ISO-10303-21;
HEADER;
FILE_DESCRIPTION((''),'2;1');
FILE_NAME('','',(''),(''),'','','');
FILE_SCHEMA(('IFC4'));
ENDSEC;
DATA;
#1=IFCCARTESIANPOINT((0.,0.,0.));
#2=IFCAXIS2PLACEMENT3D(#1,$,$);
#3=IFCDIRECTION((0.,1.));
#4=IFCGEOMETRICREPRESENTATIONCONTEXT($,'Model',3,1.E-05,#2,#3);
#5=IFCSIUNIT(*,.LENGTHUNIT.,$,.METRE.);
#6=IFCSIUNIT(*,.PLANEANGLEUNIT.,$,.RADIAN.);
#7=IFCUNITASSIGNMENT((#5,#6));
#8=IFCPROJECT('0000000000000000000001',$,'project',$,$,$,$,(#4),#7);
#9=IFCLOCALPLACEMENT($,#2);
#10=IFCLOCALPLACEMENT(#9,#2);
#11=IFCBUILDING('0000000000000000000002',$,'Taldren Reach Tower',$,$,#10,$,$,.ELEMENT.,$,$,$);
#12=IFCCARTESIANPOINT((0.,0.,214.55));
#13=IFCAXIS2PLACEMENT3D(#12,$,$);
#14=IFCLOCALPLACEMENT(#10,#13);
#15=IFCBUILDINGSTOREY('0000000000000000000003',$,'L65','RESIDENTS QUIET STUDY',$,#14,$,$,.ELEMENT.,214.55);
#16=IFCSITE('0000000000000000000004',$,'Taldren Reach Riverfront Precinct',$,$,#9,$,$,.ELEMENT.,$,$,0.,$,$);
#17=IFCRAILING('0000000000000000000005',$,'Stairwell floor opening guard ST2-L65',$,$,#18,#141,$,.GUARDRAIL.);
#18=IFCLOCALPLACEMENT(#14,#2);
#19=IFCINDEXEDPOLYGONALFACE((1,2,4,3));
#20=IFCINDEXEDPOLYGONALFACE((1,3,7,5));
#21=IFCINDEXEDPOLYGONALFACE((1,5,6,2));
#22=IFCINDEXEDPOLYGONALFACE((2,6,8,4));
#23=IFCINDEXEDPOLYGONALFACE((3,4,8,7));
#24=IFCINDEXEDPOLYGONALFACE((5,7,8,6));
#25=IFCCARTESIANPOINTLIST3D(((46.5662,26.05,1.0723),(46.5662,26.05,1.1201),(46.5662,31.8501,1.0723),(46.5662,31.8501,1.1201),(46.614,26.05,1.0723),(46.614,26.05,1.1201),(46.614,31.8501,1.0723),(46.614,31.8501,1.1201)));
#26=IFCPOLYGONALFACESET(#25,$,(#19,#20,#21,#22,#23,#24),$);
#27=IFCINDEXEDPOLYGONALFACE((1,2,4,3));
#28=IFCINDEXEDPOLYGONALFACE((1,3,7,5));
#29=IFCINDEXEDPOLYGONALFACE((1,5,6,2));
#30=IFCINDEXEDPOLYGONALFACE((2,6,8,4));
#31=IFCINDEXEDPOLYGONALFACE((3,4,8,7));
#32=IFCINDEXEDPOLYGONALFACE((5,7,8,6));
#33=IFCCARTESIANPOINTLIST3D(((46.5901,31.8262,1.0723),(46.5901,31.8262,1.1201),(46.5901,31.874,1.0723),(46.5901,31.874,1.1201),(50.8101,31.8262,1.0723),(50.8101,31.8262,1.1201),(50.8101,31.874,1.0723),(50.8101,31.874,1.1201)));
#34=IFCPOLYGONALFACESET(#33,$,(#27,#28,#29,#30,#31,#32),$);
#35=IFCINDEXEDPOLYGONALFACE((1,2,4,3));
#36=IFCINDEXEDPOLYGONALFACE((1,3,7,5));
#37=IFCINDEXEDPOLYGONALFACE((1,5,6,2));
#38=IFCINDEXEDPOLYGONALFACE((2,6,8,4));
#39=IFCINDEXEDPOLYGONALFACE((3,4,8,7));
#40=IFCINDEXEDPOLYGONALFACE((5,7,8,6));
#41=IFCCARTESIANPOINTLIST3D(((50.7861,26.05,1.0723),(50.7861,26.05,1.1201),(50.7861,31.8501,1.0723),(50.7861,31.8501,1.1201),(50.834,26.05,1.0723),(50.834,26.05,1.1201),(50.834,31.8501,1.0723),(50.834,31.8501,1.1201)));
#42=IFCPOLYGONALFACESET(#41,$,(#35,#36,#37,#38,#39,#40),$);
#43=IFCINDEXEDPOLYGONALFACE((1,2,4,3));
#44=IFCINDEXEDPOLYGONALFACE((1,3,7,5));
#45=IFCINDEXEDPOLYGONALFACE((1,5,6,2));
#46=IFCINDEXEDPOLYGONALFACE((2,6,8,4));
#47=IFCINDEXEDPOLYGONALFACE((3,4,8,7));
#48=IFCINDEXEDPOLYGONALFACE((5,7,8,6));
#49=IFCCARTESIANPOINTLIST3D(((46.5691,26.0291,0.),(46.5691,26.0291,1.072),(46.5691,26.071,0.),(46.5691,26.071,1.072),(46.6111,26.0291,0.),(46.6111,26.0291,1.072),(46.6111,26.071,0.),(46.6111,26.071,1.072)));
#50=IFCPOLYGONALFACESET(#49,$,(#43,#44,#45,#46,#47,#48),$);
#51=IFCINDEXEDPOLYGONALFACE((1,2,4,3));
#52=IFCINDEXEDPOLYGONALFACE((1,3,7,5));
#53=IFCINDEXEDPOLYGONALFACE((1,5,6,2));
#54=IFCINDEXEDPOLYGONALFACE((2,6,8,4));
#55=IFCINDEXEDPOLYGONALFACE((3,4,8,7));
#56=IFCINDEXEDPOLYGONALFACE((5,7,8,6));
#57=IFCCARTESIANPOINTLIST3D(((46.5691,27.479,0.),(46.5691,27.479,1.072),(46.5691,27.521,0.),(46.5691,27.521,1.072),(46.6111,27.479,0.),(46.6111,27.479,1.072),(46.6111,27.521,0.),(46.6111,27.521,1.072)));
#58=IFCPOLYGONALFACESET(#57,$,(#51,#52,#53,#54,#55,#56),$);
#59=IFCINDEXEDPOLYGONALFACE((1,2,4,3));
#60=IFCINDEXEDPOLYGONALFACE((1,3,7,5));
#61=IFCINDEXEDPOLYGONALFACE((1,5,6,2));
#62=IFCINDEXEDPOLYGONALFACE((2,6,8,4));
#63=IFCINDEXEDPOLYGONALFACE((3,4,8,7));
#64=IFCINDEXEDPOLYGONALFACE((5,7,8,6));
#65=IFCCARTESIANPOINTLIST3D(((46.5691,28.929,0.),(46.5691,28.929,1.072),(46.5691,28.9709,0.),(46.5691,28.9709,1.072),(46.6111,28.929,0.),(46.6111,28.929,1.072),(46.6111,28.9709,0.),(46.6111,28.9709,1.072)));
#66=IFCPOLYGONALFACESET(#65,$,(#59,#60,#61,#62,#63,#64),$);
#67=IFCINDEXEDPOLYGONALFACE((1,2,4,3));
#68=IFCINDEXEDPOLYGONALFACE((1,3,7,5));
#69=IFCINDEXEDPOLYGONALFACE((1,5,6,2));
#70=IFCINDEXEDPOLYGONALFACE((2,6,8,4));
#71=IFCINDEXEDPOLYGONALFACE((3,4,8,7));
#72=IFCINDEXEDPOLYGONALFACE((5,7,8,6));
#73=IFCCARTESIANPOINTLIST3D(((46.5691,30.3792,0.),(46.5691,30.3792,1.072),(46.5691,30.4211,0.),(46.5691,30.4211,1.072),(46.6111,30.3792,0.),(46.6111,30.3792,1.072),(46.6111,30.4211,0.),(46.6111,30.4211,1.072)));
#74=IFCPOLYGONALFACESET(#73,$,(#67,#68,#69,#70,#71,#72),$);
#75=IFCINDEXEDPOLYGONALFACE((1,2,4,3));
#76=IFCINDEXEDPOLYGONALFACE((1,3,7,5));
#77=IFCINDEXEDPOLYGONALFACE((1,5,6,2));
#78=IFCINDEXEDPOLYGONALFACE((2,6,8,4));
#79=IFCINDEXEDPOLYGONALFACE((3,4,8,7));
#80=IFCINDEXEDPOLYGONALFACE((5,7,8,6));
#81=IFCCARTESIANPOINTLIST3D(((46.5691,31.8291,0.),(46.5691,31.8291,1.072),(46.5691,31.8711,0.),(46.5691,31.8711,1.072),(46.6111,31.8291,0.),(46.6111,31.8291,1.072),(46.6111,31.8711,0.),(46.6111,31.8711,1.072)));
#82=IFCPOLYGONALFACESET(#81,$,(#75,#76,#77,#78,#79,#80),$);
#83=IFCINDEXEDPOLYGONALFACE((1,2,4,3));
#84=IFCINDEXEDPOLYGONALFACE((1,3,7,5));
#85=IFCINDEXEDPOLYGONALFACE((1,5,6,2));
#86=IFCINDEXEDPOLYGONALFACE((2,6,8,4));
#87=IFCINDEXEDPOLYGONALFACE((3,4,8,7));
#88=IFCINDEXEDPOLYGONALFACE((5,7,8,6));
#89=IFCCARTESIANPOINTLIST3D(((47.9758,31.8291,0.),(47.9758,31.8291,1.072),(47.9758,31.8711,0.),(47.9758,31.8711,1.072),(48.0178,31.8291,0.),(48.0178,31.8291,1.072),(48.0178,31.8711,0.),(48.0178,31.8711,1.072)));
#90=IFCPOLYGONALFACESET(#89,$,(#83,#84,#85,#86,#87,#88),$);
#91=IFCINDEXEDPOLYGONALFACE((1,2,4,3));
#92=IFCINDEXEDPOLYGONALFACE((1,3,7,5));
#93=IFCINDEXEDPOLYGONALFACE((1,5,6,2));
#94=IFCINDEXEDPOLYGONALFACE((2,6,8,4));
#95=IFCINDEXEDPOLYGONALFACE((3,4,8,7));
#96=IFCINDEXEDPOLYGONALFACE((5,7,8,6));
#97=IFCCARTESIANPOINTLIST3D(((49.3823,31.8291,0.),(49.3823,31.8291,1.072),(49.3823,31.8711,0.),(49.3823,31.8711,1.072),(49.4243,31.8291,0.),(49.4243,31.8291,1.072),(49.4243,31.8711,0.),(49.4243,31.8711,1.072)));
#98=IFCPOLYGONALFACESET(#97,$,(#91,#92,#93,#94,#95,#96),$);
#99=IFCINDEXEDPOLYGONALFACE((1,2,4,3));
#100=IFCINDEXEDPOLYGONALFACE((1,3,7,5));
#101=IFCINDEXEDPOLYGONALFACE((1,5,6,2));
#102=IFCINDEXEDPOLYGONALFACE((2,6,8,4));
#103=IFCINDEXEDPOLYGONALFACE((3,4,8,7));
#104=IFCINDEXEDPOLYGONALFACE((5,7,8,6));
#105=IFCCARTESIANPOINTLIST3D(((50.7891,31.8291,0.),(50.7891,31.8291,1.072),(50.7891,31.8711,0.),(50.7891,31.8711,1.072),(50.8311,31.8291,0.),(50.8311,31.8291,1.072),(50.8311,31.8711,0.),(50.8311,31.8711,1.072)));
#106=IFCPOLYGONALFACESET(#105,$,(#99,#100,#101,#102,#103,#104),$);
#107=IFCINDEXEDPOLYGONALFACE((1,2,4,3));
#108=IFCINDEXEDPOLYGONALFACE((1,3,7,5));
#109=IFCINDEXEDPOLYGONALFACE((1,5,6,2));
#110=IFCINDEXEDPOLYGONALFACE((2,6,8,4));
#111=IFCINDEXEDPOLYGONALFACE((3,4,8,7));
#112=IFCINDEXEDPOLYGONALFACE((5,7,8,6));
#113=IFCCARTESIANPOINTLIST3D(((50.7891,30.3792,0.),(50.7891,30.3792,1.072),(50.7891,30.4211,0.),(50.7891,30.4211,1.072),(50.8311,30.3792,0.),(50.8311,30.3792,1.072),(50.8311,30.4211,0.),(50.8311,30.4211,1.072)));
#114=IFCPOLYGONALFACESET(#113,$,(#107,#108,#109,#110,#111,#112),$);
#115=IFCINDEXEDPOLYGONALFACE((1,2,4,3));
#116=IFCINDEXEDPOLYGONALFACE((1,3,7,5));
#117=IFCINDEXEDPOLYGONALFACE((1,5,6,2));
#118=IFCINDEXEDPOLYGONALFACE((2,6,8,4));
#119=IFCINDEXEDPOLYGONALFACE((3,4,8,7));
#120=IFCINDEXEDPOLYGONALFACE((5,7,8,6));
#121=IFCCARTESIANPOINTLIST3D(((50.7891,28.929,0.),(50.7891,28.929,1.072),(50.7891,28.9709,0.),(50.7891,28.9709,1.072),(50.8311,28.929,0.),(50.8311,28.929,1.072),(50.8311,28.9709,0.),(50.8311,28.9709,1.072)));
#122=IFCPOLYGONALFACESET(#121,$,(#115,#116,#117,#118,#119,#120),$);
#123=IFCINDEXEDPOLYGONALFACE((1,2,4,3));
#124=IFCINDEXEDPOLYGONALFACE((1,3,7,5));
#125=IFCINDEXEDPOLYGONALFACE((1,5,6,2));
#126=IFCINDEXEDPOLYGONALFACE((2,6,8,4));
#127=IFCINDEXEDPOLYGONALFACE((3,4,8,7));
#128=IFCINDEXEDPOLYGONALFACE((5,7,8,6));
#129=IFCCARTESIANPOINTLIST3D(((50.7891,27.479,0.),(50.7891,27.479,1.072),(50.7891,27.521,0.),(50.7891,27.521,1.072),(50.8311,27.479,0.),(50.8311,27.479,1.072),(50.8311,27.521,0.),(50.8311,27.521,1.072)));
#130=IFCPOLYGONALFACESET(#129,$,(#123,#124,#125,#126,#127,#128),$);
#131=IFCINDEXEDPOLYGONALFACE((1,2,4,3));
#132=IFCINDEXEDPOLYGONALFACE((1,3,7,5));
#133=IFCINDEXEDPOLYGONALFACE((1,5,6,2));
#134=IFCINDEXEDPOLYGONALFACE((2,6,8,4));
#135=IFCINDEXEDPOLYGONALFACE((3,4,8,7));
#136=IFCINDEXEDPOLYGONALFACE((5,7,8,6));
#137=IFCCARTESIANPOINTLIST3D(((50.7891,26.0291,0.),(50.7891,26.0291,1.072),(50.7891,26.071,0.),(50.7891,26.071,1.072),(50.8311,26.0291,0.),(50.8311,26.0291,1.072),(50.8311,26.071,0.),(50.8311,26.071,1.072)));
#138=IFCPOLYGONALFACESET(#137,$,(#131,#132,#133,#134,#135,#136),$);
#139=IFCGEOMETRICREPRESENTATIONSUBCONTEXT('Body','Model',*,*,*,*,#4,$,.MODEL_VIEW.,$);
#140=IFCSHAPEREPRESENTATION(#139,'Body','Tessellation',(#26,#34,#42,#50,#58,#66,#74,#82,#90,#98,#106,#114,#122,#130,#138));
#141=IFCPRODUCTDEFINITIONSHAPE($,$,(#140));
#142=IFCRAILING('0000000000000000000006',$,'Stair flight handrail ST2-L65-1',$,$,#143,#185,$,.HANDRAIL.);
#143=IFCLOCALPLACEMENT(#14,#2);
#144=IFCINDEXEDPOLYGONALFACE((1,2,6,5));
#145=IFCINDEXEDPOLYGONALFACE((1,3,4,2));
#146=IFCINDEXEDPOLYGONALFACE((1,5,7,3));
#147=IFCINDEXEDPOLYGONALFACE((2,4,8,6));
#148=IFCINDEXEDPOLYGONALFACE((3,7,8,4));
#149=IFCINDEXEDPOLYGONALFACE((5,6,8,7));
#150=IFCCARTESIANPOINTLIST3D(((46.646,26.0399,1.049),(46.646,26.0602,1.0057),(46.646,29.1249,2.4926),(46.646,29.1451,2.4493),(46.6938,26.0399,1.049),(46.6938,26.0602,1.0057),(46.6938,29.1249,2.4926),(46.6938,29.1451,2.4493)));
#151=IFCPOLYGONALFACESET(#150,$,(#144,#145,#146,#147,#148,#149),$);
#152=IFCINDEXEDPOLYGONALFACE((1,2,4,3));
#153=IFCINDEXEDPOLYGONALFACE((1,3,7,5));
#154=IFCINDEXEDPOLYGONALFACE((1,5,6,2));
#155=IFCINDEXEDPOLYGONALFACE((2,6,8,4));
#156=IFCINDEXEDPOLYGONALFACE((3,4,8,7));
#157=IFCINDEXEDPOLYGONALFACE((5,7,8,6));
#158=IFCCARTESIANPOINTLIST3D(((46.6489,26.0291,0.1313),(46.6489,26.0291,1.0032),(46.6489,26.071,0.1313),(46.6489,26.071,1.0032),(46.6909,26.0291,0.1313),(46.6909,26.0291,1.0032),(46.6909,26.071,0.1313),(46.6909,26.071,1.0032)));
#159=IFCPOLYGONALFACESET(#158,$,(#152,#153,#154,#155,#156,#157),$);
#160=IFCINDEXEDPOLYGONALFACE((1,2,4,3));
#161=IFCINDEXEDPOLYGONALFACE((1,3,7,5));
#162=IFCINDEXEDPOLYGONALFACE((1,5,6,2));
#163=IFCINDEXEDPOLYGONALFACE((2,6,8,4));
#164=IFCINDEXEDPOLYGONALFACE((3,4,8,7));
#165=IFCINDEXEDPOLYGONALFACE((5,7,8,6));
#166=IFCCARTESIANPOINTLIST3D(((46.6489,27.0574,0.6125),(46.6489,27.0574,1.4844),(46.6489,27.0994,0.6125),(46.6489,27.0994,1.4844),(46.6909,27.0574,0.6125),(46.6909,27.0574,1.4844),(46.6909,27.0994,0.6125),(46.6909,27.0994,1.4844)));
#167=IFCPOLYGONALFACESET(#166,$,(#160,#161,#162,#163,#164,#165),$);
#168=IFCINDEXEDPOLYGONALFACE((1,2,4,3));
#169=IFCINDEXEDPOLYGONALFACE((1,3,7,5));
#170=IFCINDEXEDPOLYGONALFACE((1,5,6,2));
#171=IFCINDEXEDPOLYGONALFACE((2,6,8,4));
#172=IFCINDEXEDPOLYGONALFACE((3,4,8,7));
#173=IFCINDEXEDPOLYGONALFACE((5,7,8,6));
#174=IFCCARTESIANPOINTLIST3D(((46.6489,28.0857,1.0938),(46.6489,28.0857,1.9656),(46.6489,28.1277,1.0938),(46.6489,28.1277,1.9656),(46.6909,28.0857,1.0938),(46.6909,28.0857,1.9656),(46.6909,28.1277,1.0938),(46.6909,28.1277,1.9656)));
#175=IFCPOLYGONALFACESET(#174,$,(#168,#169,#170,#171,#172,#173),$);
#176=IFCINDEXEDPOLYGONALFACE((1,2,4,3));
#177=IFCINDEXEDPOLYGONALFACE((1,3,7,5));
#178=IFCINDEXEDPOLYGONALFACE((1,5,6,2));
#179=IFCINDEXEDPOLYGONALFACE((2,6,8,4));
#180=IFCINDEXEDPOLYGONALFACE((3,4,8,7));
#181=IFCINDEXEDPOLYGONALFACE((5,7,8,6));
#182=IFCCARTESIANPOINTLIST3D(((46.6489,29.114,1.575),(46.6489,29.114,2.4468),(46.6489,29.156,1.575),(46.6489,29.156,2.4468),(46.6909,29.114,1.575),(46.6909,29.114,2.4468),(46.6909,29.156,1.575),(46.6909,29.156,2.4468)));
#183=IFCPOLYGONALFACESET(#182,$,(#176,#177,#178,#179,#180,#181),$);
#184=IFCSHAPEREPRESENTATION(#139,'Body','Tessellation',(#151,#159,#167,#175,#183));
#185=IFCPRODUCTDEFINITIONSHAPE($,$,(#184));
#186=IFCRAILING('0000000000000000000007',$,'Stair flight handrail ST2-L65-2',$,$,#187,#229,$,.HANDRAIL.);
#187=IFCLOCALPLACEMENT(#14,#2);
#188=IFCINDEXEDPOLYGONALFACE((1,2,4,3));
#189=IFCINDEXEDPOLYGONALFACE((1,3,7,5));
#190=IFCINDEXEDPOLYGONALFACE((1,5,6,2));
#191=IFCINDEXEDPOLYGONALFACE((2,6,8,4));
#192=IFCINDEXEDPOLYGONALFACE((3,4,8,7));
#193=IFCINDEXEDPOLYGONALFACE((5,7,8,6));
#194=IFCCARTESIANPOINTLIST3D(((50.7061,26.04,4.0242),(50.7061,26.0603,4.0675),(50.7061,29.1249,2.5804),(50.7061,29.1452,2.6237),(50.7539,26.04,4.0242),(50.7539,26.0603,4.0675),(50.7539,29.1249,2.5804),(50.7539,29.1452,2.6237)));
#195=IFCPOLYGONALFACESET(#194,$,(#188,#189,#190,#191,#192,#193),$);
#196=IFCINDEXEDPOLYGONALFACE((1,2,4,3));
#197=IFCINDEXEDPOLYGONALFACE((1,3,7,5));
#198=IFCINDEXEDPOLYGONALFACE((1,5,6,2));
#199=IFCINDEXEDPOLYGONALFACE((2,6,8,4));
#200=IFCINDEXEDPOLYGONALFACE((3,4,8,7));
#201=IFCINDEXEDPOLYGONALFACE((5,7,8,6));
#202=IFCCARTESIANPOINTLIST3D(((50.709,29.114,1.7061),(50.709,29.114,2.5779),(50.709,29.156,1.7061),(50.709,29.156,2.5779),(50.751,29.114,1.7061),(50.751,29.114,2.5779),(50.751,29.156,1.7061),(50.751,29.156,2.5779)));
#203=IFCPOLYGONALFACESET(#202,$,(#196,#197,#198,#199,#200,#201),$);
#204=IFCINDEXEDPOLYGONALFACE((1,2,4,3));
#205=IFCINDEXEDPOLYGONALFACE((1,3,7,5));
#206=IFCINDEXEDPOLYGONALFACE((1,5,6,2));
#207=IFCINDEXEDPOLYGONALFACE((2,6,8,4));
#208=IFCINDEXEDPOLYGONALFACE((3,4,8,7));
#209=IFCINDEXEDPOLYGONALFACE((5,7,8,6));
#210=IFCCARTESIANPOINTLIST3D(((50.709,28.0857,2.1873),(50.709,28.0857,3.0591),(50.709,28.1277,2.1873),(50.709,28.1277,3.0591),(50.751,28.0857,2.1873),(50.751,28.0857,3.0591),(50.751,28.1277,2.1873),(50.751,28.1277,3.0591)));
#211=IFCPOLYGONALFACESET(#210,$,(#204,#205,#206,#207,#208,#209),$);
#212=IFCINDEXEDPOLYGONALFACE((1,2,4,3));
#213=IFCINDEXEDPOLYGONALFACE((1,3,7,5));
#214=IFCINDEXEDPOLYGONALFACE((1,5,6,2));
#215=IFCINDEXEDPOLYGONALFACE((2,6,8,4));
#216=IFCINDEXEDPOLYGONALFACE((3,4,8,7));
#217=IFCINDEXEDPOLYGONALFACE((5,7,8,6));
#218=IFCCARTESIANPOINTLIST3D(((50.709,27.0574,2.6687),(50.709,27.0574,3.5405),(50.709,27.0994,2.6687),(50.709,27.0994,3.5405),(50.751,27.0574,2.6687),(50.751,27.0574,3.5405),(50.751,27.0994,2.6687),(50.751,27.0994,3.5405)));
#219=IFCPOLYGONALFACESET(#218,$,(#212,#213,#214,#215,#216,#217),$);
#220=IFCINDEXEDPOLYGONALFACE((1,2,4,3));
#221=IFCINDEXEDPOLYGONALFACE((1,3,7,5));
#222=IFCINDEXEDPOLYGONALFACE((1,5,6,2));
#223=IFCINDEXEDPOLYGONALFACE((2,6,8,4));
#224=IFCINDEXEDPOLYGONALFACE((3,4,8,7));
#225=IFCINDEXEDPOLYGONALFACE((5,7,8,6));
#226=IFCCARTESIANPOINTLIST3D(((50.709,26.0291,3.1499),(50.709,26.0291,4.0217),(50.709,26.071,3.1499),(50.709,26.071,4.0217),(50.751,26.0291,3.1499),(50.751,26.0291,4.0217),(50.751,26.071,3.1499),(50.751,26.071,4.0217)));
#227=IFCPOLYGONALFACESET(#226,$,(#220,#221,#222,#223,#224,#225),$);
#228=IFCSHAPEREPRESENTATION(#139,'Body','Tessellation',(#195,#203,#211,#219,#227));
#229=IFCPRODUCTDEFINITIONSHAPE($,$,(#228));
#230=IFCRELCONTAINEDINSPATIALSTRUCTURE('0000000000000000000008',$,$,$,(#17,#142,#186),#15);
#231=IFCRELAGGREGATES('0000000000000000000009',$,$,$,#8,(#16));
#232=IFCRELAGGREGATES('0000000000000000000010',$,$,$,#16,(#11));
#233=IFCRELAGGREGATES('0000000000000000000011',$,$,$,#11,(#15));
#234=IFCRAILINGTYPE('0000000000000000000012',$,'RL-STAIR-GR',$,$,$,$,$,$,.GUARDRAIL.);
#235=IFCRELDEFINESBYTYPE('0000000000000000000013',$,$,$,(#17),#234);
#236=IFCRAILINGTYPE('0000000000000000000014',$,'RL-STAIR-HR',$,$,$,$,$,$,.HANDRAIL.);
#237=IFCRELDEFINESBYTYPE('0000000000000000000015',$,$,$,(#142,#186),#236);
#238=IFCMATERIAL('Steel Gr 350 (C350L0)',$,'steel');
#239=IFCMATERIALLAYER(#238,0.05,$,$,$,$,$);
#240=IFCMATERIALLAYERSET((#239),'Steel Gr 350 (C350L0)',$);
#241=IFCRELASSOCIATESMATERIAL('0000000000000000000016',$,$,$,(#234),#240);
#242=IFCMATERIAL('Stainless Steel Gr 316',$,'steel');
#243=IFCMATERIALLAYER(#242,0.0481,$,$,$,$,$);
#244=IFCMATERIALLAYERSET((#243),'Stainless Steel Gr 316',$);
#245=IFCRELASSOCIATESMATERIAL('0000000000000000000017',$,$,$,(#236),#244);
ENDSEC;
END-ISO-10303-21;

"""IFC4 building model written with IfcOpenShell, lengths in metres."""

from ifc_helpers import new_model, si_unit, direction, frame, origin, origin_2d, place, context, subcontext, project, spatial, rectangle, extrude, material, layer, layer_set, type_object, element, save


model = new_model("IFC4")

# Units and contexts
model_context = context("Model", 3, precision=1e-05, world=origin(), true_north=direction((0.0, 1.0)))
body_context = subcontext(model_context, "Body", "Model", "MODEL_VIEW")
ifc_project = project(units=[si_unit("LENGTHUNIT", "METRE"), si_unit("PLANEANGLEUNIT", "RADIAN")], contexts=[model_context])

# Site, building, storey
site_placement = place(None, origin())
site = spatial("IfcSite", under=ifc_project, at=site_placement, Name="Taldren Reach Riverfront Precinct", CompositionType="ELEMENT", RefElevation=0.0)
building_placement = place(site_placement, origin())
building = spatial("IfcBuilding", under=site, at=building_placement, Name="Taldren Reach Tower", CompositionType="ELEMENT")
storey_placement = place(building_placement, frame((0.0, 0.0, 214.55)))
storey = spatial("IfcBuildingStorey", under=building, at=storey_placement, Name="L65", Description="RESIDENTS QUIET STUDY", CompositionType="ELEMENT", Elevation=214.55)

# Shared definitions
ifc_material_1 = material(Name="Steel Gr 350 (C350L0)", Category="steel")

# Railings
ifc_layer_1 = layer(ifc_material_1, 0.05)
ifc_layer_set_1 = layer_set([ifc_layer_1], Name="Steel Gr 350 (C350L0)")
railing_type_1 = type_object("IfcRailingType", Name="RL-STAIR-GR", PredefinedType="GUARDRAIL", material=ifc_layer_set_1)
railing_1_placement = place(storey_placement, frame((46.5901, 26.05, 0.0)))
element("IfcRailing", 1, at=railing_1_placement, inside=storey, type_object=railing_type_1, Name="Stairwell floor opening guard ST2-L65", PredefinedType="GUARDRAIL", context=body_context, shape_type="SweptSolid", body=[
    extrude(rectangle(XDim=0.0479, YDim=0.0479, at=origin_2d()), frame((0.0, 0.0, 1.0962), z_axis=(0.0, 1.0, 0.0), x_axis=(-1.0, 0.0, 0.0)), (0.0, 0.0, 1.0), 5.8),
    extrude(rectangle(XDim=0.0479, YDim=0.0479, at=origin_2d()), frame((0.0, 5.8, 1.0962), z_axis=(1.0, 0.0, 0.0), x_axis=(0.0, 1.0, 0.0)), (0.0, 0.0, 1.0), 4.22),
    extrude(rectangle(XDim=0.0479, YDim=0.0479, at=origin_2d()), frame((4.22, 5.8, 1.0962), z_axis=(0.0, -1.0, 0.0), x_axis=(1.0, 0.0, 0.0)), (0.0, 0.0, 1.0), 5.8),
    extrude(rectangle(XDim=0.042, YDim=0.042, at=origin_2d()), origin(), (0.0, 0.0, 1.0), 1.072),
    extrude(rectangle(XDim=0.042, YDim=0.042, at=origin_2d()), frame((0.0, 1.45, 0.0)), (0.0, 0.0, 1.0), 1.072),
    extrude(rectangle(XDim=0.042, YDim=0.042, at=origin_2d()), frame((0.0, 2.8999, 0.0)), (0.0, 0.0, 1.0), 1.072),
    extrude(rectangle(XDim=0.042, YDim=0.042, at=origin_2d()), frame((0.0, 4.3501, 0.0)), (0.0, 0.0, 1.0), 1.072),
    extrude(rectangle(XDim=0.042, YDim=0.042, at=origin_2d()), frame((0.0, 5.8, 0.0)), (0.0, 0.0, 1.0), 1.072),
    extrude(rectangle(XDim=0.042, YDim=0.042, at=origin_2d()), frame((1.4067, 5.8, 0.0)), (0.0, 0.0, 1.0), 1.072),
    extrude(rectangle(XDim=0.042, YDim=0.042, at=origin_2d()), frame((2.8132, 5.8, 0.0)), (0.0, 0.0, 1.0), 1.072),
    extrude(rectangle(XDim=0.042, YDim=0.042, at=origin_2d()), frame((4.22, 5.8, 0.0)), (0.0, 0.0, 1.0), 1.072),
    extrude(rectangle(XDim=0.042, YDim=0.042, at=origin_2d()), frame((4.22, 4.3501, 0.0)), (0.0, 0.0, 1.0), 1.072),
    extrude(rectangle(XDim=0.042, YDim=0.042, at=origin_2d()), frame((4.22, 2.8999, 0.0)), (0.0, 0.0, 1.0), 1.072),
    extrude(rectangle(XDim=0.042, YDim=0.042, at=origin_2d()), frame((4.22, 1.45, 0.0)), (0.0, 0.0, 1.0), 1.072),
    extrude(rectangle(XDim=0.042, YDim=0.042, at=origin_2d()), frame((4.22, 0.0, 0.0)), (0.0, 0.0, 1.0), 1.072),
])
ifc_material_2 = material(Name="Stainless Steel Gr 316", Category="steel")
ifc_layer_2 = layer(ifc_material_2, 0.0481)
ifc_layer_set_2 = layer_set([ifc_layer_2], Name="Stainless Steel Gr 316")
railing_type_2 = type_object("IfcRailingType", Name="RL-STAIR-HR", PredefinedType="HANDRAIL", material=ifc_layer_set_2)
railing_2_placement = place(storey_placement, frame((46.6699, 26.05, 0.1313)))
element("IfcRailing", 2, at=railing_2_placement, inside=storey, type_object=railing_type_2, Name="Stair flight handrail ST2-L65-1", PredefinedType="HANDRAIL", context=body_context, shape_type="SweptSolid", body=[
    extrude(rectangle(XDim=0.0479, YDim=0.0479, at=origin_2d()), frame((0.0, 0.0, 0.896), z_axis=(0.0, 0.905738, 0.423839), x_axis=(-1.0, 0.0, 0.0)), (0.0, 0.0, 1.0), 3.406),
    extrude(rectangle(XDim=0.042, YDim=0.042, at=origin_2d()), origin(), (0.0, 0.0, 1.0), 0.8718),
    extrude(rectangle(XDim=0.042, YDim=0.042, at=origin_2d()), frame((0.0, 1.0283, 0.4812)), (0.0, 0.0, 1.0), 0.8718),
    extrude(rectangle(XDim=0.042, YDim=0.042, at=origin_2d()), frame((0.0, 2.0566, 0.9624)), (0.0, 0.0, 1.0), 0.8718),
    extrude(rectangle(XDim=0.042, YDim=0.042, at=origin_2d()), frame((0.0, 3.085, 1.4436)), (0.0, 0.0, 1.0), 0.8718),
])
railing_3_placement = place(storey_placement, frame((50.73, 29.135, 1.7061)))
element("IfcRailing", 3, at=railing_3_placement, inside=storey, type_object=railing_type_2, Name="Stair flight handrail ST2-L65-2", PredefinedType="HANDRAIL", context=body_context, shape_type="SweptSolid", body=[
    extrude(rectangle(XDim=0.0479, YDim=0.0479, at=origin_2d()), frame((0.0, 0.0, 0.896), z_axis=(0.0, -0.90571, 0.423898), x_axis=(1.0, 0.0, 0.0)), (0.0, 0.0, 1.0), 3.406),
    extrude(rectangle(XDim=0.042, YDim=0.042, at=origin_2d()), origin(), (0.0, 0.0, 1.0), 0.8718),
    extrude(rectangle(XDim=0.042, YDim=0.042, at=origin_2d()), frame((0.0, -1.0283, 0.4812)), (0.0, 0.0, 1.0), 0.8718),
    extrude(rectangle(XDim=0.042, YDim=0.042, at=origin_2d()), frame((0.0, -2.0566, 0.9626)), (0.0, 0.0, 1.0), 0.8718),
    extrude(rectangle(XDim=0.042, YDim=0.042, at=origin_2d()), frame((0.0, -3.085, 1.4438)), (0.0, 0.0, 1.0), 0.8718),
])

save(model, "model.ifc")
